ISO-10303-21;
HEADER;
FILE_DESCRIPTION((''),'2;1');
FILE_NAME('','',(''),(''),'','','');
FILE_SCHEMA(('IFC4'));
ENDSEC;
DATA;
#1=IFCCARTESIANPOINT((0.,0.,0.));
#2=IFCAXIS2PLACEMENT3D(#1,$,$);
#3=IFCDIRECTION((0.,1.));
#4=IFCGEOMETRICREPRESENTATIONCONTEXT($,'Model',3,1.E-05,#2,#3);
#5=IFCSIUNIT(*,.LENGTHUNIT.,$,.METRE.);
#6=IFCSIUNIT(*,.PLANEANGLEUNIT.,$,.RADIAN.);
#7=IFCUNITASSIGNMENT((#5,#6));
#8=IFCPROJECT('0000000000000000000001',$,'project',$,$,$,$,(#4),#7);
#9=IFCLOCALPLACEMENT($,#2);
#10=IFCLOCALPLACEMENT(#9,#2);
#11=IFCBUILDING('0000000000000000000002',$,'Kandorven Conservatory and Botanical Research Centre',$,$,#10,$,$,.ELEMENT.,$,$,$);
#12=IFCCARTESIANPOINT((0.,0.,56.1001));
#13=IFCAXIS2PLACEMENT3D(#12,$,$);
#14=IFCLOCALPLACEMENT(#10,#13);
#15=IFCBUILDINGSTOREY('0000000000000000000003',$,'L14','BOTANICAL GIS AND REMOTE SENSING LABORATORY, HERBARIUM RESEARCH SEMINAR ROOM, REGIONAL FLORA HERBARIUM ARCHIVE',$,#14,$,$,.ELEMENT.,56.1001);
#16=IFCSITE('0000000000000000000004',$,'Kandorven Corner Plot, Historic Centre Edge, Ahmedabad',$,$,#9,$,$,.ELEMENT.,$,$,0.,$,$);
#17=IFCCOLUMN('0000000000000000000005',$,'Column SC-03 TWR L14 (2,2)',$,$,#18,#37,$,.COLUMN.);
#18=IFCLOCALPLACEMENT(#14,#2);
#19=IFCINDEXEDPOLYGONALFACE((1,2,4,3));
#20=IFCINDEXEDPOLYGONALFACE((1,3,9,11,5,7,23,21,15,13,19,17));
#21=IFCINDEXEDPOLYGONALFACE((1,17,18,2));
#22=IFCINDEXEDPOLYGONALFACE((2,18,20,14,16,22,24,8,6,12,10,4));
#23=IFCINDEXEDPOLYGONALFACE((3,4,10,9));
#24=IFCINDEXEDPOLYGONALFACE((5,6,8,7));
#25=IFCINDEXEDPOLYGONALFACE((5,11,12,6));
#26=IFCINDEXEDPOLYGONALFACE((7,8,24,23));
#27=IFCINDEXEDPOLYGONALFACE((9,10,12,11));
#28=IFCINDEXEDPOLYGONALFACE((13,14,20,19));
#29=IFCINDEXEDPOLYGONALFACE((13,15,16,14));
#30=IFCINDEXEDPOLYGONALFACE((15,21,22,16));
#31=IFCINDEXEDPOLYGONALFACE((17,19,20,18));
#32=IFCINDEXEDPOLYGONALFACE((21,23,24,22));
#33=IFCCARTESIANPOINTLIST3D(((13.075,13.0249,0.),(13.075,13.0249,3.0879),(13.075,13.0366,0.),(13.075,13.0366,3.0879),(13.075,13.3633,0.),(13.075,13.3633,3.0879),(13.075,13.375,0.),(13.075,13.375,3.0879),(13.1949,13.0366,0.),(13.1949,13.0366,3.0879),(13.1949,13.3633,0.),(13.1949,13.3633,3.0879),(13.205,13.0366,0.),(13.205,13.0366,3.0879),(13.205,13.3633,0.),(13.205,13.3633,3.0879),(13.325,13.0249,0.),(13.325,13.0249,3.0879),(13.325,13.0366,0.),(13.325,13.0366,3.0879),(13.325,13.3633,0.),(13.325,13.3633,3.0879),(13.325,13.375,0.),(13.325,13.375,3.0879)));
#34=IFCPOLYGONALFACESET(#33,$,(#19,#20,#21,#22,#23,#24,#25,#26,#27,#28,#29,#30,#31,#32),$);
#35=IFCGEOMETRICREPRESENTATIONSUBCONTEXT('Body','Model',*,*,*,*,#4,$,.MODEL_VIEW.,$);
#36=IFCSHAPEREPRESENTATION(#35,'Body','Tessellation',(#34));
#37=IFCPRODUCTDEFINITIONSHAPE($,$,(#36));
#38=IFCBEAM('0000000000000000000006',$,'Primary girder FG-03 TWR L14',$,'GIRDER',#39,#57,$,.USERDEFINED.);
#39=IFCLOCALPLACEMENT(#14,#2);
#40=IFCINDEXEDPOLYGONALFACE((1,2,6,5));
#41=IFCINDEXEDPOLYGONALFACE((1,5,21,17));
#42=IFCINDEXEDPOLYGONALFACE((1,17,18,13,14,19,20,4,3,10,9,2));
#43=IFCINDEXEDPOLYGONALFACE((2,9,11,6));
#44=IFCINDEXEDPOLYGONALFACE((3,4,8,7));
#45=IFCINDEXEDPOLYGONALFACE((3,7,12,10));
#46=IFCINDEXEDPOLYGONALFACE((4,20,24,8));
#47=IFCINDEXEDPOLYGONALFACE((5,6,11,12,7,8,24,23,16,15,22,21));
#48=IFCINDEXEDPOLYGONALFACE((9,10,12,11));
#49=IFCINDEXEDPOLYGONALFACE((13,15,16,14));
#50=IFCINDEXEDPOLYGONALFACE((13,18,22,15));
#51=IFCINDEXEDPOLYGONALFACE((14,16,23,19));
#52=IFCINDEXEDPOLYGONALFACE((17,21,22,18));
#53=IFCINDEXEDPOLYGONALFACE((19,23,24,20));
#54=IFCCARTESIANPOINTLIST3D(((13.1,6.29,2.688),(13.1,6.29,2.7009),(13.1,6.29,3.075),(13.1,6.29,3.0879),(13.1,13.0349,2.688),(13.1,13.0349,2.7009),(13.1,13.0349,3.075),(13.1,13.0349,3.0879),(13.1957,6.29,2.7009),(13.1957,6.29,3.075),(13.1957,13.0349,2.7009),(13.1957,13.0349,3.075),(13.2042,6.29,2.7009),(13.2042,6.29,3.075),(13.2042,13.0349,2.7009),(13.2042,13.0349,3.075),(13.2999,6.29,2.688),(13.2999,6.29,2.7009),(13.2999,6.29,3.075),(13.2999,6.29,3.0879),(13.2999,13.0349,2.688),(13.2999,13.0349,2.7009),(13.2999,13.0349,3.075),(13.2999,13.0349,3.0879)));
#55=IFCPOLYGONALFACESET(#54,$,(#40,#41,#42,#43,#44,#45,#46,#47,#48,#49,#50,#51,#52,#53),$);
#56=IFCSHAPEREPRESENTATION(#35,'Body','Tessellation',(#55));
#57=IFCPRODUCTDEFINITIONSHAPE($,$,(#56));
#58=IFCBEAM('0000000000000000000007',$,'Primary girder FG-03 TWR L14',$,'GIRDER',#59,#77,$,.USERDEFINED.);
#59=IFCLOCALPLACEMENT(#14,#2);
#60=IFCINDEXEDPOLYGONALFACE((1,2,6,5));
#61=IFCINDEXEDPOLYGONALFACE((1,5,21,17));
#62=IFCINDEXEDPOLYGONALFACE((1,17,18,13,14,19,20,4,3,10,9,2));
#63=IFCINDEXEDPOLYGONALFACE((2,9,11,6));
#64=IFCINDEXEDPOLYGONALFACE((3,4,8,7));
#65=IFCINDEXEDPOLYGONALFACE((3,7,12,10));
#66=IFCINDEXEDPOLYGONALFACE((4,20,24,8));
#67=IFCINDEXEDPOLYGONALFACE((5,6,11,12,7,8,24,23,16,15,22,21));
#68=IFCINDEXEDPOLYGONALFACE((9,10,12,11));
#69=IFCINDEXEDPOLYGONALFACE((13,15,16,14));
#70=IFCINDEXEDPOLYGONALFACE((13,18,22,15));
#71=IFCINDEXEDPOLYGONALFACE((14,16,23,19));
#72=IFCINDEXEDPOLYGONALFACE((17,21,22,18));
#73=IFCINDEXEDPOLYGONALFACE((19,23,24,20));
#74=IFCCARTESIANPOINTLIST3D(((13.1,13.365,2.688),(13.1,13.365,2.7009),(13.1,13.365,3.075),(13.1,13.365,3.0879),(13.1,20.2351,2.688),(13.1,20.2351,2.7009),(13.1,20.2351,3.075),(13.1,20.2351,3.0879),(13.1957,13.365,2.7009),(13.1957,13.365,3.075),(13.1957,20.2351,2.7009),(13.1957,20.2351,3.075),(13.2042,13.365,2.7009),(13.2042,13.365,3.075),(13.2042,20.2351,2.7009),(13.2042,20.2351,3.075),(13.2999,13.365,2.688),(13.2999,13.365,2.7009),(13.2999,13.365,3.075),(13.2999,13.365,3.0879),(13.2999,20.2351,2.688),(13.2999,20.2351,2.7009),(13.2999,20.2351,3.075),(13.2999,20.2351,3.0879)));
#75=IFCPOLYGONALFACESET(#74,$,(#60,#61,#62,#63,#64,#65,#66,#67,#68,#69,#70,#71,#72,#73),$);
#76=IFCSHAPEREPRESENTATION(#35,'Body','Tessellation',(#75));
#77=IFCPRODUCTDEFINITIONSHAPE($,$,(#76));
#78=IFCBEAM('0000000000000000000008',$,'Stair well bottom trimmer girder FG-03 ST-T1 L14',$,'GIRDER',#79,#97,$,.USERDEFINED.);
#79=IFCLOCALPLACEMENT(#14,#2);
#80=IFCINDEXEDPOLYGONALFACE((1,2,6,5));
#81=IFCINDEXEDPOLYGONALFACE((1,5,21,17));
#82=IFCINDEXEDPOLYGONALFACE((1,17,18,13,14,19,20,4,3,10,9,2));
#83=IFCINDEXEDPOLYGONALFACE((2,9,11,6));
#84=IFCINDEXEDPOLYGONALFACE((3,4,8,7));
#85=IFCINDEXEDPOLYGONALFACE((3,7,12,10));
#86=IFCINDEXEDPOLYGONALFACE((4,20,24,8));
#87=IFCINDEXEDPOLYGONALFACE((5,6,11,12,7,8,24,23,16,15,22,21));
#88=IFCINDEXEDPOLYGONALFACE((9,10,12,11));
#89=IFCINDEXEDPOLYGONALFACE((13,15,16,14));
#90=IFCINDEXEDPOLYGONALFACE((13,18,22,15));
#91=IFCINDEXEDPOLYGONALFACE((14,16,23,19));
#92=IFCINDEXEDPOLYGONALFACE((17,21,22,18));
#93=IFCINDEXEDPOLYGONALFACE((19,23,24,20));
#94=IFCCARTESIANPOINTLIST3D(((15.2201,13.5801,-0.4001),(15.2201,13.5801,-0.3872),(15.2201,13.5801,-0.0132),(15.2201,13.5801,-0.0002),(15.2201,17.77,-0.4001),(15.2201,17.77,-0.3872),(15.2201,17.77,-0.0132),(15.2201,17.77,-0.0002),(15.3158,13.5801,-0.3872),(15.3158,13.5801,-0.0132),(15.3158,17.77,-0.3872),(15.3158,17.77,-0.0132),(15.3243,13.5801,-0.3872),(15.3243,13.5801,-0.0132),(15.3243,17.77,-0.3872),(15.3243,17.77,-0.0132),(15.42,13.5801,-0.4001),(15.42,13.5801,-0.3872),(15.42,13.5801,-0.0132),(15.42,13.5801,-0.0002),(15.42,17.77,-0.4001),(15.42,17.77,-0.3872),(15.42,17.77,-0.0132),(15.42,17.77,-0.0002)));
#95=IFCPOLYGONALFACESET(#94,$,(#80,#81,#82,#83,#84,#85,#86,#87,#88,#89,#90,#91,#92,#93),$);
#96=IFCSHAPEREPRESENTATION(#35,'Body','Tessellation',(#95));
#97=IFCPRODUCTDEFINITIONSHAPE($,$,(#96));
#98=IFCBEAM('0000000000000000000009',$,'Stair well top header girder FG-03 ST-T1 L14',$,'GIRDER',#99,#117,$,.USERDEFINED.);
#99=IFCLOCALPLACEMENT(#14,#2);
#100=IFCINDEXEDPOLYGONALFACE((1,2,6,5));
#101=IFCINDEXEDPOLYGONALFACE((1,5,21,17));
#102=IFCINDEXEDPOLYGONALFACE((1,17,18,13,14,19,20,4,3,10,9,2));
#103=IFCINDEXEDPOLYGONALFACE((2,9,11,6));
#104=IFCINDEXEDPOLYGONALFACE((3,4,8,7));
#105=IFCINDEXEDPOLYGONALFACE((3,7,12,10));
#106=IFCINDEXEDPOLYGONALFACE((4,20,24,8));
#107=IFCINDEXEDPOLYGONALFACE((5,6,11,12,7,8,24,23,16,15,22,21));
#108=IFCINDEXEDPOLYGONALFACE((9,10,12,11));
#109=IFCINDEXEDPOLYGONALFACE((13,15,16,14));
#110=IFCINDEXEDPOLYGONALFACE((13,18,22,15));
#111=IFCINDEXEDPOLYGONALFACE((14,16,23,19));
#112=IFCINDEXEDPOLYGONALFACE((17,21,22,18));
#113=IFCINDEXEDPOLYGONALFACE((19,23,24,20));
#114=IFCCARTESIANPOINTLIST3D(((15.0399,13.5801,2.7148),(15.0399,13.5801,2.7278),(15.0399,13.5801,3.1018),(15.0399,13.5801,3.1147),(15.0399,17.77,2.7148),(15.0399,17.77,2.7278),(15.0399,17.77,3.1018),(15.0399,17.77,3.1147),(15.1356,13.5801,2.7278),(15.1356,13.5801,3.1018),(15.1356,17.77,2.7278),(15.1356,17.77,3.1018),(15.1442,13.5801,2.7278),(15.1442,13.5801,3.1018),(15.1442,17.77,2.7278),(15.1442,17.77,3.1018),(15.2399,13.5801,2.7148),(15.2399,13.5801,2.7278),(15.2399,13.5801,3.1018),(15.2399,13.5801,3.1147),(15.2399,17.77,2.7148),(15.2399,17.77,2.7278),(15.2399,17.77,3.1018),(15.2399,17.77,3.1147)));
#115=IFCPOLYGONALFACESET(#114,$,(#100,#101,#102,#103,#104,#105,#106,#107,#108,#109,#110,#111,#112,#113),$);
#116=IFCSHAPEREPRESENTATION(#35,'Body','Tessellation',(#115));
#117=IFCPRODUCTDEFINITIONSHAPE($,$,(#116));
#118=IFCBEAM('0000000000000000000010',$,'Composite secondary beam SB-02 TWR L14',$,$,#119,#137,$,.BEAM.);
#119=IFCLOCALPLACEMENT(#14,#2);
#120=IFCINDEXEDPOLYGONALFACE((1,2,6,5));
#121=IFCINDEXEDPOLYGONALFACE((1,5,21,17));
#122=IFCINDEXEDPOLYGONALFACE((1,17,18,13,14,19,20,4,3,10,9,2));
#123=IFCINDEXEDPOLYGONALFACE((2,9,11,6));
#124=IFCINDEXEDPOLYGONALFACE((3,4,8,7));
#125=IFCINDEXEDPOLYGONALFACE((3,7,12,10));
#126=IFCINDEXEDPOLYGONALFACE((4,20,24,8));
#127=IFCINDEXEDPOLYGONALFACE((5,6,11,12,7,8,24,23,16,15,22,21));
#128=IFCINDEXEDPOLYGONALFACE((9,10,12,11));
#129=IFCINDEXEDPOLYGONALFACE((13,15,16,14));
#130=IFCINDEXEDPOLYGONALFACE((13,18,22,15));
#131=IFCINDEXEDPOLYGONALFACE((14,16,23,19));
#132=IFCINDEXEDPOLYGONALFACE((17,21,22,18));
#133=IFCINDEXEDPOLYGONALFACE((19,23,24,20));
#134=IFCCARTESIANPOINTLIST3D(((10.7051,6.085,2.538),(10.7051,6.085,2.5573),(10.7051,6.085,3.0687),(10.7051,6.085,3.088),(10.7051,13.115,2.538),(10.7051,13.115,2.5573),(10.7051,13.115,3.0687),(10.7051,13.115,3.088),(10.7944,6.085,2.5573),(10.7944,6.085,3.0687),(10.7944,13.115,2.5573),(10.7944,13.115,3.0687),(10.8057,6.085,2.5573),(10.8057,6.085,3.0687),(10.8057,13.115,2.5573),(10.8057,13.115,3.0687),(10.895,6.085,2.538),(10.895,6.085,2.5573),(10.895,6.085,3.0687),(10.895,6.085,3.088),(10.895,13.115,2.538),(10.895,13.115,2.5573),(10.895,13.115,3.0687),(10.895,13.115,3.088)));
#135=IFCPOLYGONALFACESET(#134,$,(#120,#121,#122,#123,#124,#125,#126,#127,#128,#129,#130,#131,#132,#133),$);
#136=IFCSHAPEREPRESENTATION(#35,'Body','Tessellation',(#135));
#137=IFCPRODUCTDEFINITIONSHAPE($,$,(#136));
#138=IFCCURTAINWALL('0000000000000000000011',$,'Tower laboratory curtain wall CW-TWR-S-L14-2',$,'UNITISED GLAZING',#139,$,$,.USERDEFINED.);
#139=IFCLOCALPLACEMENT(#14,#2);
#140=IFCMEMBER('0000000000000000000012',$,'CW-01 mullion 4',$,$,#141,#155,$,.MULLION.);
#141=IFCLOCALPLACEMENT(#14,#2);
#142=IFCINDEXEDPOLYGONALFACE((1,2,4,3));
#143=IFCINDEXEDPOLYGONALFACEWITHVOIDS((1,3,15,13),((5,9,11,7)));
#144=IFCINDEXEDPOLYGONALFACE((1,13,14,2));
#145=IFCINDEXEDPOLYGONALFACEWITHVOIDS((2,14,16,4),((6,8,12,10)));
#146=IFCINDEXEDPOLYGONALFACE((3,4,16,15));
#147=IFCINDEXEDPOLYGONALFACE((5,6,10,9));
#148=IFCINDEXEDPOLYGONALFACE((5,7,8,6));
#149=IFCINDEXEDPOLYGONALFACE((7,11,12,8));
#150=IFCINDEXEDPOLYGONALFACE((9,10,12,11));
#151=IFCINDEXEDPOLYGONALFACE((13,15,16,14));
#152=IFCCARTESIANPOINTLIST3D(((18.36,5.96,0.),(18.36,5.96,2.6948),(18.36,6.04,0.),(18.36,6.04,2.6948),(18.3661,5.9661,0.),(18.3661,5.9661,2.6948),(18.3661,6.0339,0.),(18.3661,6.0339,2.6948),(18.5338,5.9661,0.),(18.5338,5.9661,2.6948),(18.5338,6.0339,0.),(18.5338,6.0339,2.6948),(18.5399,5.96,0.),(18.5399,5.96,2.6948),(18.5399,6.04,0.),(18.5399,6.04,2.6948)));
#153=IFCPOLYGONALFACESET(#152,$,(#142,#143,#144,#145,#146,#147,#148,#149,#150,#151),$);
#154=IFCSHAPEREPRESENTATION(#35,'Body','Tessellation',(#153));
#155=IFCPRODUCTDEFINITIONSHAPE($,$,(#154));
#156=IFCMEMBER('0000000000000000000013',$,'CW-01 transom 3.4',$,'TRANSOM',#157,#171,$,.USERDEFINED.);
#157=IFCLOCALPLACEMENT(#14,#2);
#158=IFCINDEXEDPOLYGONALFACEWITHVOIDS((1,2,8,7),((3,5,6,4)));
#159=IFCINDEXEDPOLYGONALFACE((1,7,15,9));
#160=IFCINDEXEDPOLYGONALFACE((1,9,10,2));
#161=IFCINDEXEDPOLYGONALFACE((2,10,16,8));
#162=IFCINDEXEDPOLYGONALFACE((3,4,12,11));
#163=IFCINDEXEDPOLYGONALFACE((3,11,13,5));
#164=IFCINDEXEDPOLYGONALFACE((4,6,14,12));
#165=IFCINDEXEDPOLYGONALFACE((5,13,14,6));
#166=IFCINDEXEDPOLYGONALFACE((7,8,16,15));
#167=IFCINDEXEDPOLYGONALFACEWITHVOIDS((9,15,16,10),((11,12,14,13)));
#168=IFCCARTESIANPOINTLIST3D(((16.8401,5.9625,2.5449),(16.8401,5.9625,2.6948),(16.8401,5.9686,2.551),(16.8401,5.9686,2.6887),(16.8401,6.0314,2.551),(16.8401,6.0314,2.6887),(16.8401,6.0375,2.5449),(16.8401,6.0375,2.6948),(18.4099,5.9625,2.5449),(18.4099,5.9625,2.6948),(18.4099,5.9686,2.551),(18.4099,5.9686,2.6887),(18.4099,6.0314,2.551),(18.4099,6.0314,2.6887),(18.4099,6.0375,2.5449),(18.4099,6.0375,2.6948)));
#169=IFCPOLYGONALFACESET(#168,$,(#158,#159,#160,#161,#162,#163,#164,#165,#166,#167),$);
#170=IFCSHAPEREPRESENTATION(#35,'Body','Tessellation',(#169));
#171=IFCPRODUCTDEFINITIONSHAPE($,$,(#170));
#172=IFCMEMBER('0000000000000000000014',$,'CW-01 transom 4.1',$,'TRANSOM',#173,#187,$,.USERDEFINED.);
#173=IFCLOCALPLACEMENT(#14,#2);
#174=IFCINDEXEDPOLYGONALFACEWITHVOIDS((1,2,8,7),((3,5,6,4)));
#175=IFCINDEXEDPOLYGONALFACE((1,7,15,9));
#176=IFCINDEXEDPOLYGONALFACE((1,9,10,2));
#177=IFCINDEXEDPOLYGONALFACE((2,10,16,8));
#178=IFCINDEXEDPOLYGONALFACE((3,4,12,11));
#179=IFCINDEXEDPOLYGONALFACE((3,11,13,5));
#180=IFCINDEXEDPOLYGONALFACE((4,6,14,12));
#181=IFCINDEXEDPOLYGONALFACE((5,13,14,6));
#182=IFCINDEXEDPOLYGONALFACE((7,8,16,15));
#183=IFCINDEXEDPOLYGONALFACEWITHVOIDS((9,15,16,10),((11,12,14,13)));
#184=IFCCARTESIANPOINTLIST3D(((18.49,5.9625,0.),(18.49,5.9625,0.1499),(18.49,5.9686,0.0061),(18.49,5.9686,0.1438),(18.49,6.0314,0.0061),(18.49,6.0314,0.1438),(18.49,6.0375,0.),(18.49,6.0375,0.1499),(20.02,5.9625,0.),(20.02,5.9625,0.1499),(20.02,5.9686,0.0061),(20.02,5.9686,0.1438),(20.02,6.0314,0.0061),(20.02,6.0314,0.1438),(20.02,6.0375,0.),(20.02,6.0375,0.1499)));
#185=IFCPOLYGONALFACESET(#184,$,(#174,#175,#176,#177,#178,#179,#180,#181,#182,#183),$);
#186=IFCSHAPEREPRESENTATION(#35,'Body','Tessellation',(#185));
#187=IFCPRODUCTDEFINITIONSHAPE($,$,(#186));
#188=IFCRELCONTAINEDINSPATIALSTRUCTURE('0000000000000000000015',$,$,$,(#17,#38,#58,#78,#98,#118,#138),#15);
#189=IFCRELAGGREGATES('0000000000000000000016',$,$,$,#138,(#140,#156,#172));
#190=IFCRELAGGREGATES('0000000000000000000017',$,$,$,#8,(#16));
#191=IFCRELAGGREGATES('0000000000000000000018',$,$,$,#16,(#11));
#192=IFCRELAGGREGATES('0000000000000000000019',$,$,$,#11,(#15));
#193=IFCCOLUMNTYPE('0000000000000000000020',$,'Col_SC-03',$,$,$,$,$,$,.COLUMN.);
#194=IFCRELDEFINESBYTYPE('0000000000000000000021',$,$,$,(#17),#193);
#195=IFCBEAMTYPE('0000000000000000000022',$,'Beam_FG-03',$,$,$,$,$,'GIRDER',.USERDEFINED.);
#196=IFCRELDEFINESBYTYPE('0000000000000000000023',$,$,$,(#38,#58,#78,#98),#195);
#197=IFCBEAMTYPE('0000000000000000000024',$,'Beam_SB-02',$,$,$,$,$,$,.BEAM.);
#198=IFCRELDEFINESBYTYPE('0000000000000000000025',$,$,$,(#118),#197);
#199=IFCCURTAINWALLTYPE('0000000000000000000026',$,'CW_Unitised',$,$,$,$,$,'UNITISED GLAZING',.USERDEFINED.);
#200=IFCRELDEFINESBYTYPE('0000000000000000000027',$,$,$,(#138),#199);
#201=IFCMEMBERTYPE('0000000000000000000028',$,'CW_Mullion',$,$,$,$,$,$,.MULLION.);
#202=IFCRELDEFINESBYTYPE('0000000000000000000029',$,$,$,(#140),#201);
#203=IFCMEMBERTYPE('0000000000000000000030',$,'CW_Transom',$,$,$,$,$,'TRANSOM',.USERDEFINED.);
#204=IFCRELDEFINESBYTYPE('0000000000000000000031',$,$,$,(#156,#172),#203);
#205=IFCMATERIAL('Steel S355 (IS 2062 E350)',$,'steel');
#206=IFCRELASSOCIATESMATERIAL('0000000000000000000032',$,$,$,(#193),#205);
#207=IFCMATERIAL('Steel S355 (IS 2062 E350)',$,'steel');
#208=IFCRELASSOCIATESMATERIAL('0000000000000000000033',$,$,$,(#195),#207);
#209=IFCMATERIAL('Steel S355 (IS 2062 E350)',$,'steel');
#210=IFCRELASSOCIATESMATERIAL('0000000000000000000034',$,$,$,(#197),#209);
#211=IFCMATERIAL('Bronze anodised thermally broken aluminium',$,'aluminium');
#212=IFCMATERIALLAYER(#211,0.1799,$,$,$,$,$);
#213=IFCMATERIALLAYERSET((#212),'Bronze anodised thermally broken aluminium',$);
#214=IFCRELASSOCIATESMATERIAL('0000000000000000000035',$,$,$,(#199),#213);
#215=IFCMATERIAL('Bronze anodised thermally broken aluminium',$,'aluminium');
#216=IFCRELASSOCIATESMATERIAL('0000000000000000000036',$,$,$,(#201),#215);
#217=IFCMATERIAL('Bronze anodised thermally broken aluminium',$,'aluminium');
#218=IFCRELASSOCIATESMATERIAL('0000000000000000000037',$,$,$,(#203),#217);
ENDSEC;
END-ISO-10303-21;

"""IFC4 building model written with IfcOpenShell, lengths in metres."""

from ifc_helpers import new_model, si_unit, direction, frame, origin, origin_2d, place, context, subcontext, project, spatial, hollow_rectangle, i_section, extrude, material, layer, layer_set, material_profile, profile_set, type_object, element, aggregate, save


model = new_model("IFC4")

# Units and contexts
model_context = context("Model", 3, precision=1e-05, world=origin(), true_north=direction((0.0, 1.0)))
body_context = subcontext(model_context, "Body", "Model", "MODEL_VIEW")
ifc_project = project(units=[si_unit("LENGTHUNIT", "METRE"), si_unit("PLANEANGLEUNIT", "RADIAN")], contexts=[model_context])

# Site, building, storey
site_placement = place(None, origin())
site = spatial("IfcSite", under=ifc_project, at=site_placement, Name="Kandorven Corner Plot, Historic Centre Edge, Ahmedabad", CompositionType="ELEMENT", RefElevation=0.0)
building_placement = place(site_placement, origin())
building = spatial("IfcBuilding", under=site, at=building_placement, Name="Kandorven Conservatory and Botanical Research Centre", CompositionType="ELEMENT")
storey_placement = place(building_placement, frame((0.0, 0.0, 56.1001)))
storey = spatial("IfcBuildingStorey", under=building, at=storey_placement, Name="L14", Description="BOTANICAL GIS AND REMOTE SENSING LABORATORY, HERBARIUM RESEARCH SEMINAR ROOM, REGIONAL FLORA HERBARIUM ARCHIVE", CompositionType="ELEMENT", Elevation=56.1001)

# Column
ifc_material_1 = material(Name="Steel S355 (IS 2062 E350)", Category="steel")
ifc_material_profile_1 = material_profile(ifc_material_1, i_section(OverallWidth=0.25, OverallDepth=0.3501, WebThickness=0.01, FlangeThickness=0.0117, at=origin_2d()))
ifc_profile_set_1 = profile_set([ifc_material_profile_1], Name="Steel S355 (IS 2062 E350)")
column_type = type_object("IfcColumnType", Name="Col_SC-03", PredefinedType="COLUMN", material=ifc_profile_set_1)
column_placement = place(storey_placement, frame((13.2, 13.2, 0.0), z_axis=(0.0, 0.0, 1.0), x_axis=(1.0, 0.0, 0.0)))
element("IfcColumn", 1, at=column_placement, inside=storey, type_object=column_type, Name="Column SC-03 TWR L14 (2,2)", PredefinedType="COLUMN", context=body_context, shape_type="SweptSolid", body=[
    extrude(i_section(OverallWidth=0.25, OverallDepth=0.3501, WebThickness=0.01, FlangeThickness=0.0117, at=origin_2d()), origin(), (0.0, 0.0, 1.0), 3.0879),
])

# Beams
ifc_material_2 = material(Name="Steel S355 (IS 2062 E350)", Category="steel")
ifc_material_profile_2 = material_profile(ifc_material_2, i_section(OverallWidth=0.2, OverallDepth=0.3999, WebThickness=0.0085, FlangeThickness=0.0129, at=origin_2d()))
ifc_profile_set_2 = profile_set([ifc_material_profile_2], Name="Steel S355 (IS 2062 E350)")
beam_type_1 = type_object("IfcBeamType", Name="Beam_FG-03", ElementType="GIRDER", PredefinedType="USERDEFINED", material=ifc_profile_set_2)
beam_1_placement = place(storey_placement, frame((13.2, 6.29, 2.8879), z_axis=(0.0, 1.0, 0.0), x_axis=(-1.0, 0.0, 0.0)))
element("IfcBeam", 2, at=beam_1_placement, inside=storey, type_object=beam_type_1, Name="Primary girder FG-03 TWR L14", ObjectType="GIRDER", PredefinedType="USERDEFINED", context=body_context, shape_type="SweptSolid", body=[
    extrude(i_section(OverallWidth=0.2, OverallDepth=0.3999, WebThickness=0.0085, FlangeThickness=0.0129, at=origin_2d()), origin(), (0.0, 0.0, 1.0), 6.7449),
])
beam_2_placement = place(storey_placement, frame((13.2, 13.365, 2.8879), z_axis=(0.0, 1.0, 0.0), x_axis=(-1.0, 0.0, 0.0)))
element("IfcBeam", 3, at=beam_2_placement, inside=storey, type_object=beam_type_1, Name="Primary girder FG-03 TWR L14", ObjectType="GIRDER", PredefinedType="USERDEFINED", context=body_context, shape_type="SweptSolid", body=[
    extrude(i_section(OverallWidth=0.2, OverallDepth=0.3999, WebThickness=0.0085, FlangeThickness=0.0129, at=origin_2d()), origin(), (0.0, 0.0, 1.0), 6.8701),
])
for number, where, z_axis, x_axis, name in (
    (4, (15.3201, 13.5801, -0.2002), (0.0, 1.0, 0.0), (-1.0, 0.0, 0.0), "Stair well bottom trimmer girder FG-03 ST-T1 L14"),
    (5, (15.1399, 13.5801, 2.9148), (0.0, 1.0, 0.0), (-1.0, 0.0, 0.0), "Stair well top header girder FG-03 ST-T1 L14"),
):
    element("IfcBeam", number, at=place(storey_placement, frame(where, z_axis=z_axis, x_axis=x_axis)), inside=storey, type_object=beam_type_1, Name=name, ObjectType="GIRDER", PredefinedType="USERDEFINED", context=body_context, shape_type="SweptSolid", body=[
        extrude(i_section(OverallWidth=0.2, OverallDepth=0.3999, WebThickness=0.0085, FlangeThickness=0.0129, at=origin_2d()), origin(), (0.0, 0.0, 1.0), 4.1899),
    ])
ifc_material_3 = material(Name="Steel S355 (IS 2062 E350)", Category="steel")
ifc_material_profile_3 = material_profile(ifc_material_3, i_section(OverallWidth=0.1899, OverallDepth=0.55, WebThickness=0.0112, FlangeThickness=0.0193, at=origin_2d()))
ifc_profile_set_3 = profile_set([ifc_material_profile_3], Name="Steel S355 (IS 2062 E350)")
beam_type_2 = type_object("IfcBeamType", Name="Beam_SB-02", PredefinedType="BEAM", material=ifc_profile_set_3)
beam_3_placement = place(storey_placement, frame((10.8, 6.085, 2.813), z_axis=(0.0, 1.0, 0.0), x_axis=(-1.0, 0.0, 0.0)))
element("IfcBeam", 6, at=beam_3_placement, inside=storey, type_object=beam_type_2, Name="Composite secondary beam SB-02 TWR L14", PredefinedType="BEAM", context=body_context, shape_type="SweptSolid", body=[
    extrude(i_section(OverallWidth=0.1899, OverallDepth=0.55, WebThickness=0.0112, FlangeThickness=0.0193, at=origin_2d()), origin(), (0.0, 0.0, 1.0), 7.03),
])

# Curtain wall, members
ifc_material_4 = material(Name="Bronze anodised thermally broken aluminium", Category="aluminium")
ifc_layer_1 = layer(ifc_material_4, 0.1799)
ifc_layer_set_1 = layer_set([ifc_layer_1], Name="Bronze anodised thermally broken aluminium")
curtain_wall_type = type_object("IfcCurtainWallType", Name="CW_Unitised", ElementType="UNITISED GLAZING", PredefinedType="USERDEFINED", material=ifc_layer_set_1)
curtain_wall_placement = place(storey_placement, origin())
curtain_wall = element("IfcCurtainWall", 7, at=curtain_wall_placement, inside=storey, type_object=curtain_wall_type, Name="Tower laboratory curtain wall CW-TWR-S-L14-2", ObjectType="UNITISED GLAZING", PredefinedType="USERDEFINED")
ifc_material_5 = material(Name="Bronze anodised thermally broken aluminium", Category="aluminium")
ifc_material_profile_4 = material_profile(ifc_material_5, hollow_rectangle(XDim=0.0801, YDim=0.1799, WallThickness=0.0061, at=origin_2d()))
ifc_profile_set_4 = profile_set([ifc_material_profile_4], Name="Bronze anodised thermally broken aluminium")
member_type_1 = type_object("IfcMemberType", Name="CW_Mullion", PredefinedType="MULLION", material=ifc_profile_set_4)
member_1_placement = place(storey_placement, frame((18.45, 6.0, 0.0), z_axis=(0.0, 0.0, 1.0), x_axis=(0.0, 1.0, 0.0)))
member_1 = element("IfcMember", 8, at=member_1_placement, type_object=member_type_1, Name="CW-01 mullion 4", PredefinedType="MULLION", context=body_context, shape_type="SweptSolid", body=[
    extrude(hollow_rectangle(XDim=0.0801, YDim=0.1799, WallThickness=0.0061, at=origin_2d()), origin(), (0.0, 0.0, 1.0), 2.6948),
])
ifc_material_6 = material(Name="Bronze anodised thermally broken aluminium", Category="aluminium")
ifc_material_profile_5 = material_profile(ifc_material_6, hollow_rectangle(XDim=0.075, YDim=0.1499, WallThickness=0.0061, at=origin_2d()))
ifc_profile_set_5 = profile_set([ifc_material_profile_5], Name="Bronze anodised thermally broken aluminium")
member_type_2 = type_object("IfcMemberType", Name="CW_Transom", ElementType="TRANSOM", PredefinedType="USERDEFINED", material=ifc_profile_set_5)
member_2_placement = place(storey_placement, frame((16.8401, 6.0, 2.6199), z_axis=(1.0, 0.0, 0.0), x_axis=(0.0, 1.0, 0.0)))
member_2 = element("IfcMember", 9, at=member_2_placement, type_object=member_type_2, Name="CW-01 transom 3.4", ObjectType="TRANSOM", PredefinedType="USERDEFINED", context=body_context, shape_type="SweptSolid", body=[
    extrude(hollow_rectangle(XDim=0.075, YDim=0.1499, WallThickness=0.0061, at=origin_2d()), origin(), (0.0, 0.0, 1.0), 1.5698),
])
member_3_placement = place(storey_placement, frame((18.49, 6.0, 0.075), z_axis=(1.0, 0.0, 0.0), x_axis=(0.0, 1.0, 0.0)))
member_3 = element("IfcMember", 10, at=member_3_placement, type_object=member_type_2, Name="CW-01 transom 4.1", ObjectType="TRANSOM", PredefinedType="USERDEFINED", context=body_context, shape_type="SweptSolid", body=[
    extrude(hollow_rectangle(XDim=0.075, YDim=0.1499, WallThickness=0.0061, at=origin_2d()), origin(), (0.0, 0.0, 1.0), 1.53),
])
aggregate(curtain_wall, [member_1, member_2, member_3])

save(model, "model.ifc")
